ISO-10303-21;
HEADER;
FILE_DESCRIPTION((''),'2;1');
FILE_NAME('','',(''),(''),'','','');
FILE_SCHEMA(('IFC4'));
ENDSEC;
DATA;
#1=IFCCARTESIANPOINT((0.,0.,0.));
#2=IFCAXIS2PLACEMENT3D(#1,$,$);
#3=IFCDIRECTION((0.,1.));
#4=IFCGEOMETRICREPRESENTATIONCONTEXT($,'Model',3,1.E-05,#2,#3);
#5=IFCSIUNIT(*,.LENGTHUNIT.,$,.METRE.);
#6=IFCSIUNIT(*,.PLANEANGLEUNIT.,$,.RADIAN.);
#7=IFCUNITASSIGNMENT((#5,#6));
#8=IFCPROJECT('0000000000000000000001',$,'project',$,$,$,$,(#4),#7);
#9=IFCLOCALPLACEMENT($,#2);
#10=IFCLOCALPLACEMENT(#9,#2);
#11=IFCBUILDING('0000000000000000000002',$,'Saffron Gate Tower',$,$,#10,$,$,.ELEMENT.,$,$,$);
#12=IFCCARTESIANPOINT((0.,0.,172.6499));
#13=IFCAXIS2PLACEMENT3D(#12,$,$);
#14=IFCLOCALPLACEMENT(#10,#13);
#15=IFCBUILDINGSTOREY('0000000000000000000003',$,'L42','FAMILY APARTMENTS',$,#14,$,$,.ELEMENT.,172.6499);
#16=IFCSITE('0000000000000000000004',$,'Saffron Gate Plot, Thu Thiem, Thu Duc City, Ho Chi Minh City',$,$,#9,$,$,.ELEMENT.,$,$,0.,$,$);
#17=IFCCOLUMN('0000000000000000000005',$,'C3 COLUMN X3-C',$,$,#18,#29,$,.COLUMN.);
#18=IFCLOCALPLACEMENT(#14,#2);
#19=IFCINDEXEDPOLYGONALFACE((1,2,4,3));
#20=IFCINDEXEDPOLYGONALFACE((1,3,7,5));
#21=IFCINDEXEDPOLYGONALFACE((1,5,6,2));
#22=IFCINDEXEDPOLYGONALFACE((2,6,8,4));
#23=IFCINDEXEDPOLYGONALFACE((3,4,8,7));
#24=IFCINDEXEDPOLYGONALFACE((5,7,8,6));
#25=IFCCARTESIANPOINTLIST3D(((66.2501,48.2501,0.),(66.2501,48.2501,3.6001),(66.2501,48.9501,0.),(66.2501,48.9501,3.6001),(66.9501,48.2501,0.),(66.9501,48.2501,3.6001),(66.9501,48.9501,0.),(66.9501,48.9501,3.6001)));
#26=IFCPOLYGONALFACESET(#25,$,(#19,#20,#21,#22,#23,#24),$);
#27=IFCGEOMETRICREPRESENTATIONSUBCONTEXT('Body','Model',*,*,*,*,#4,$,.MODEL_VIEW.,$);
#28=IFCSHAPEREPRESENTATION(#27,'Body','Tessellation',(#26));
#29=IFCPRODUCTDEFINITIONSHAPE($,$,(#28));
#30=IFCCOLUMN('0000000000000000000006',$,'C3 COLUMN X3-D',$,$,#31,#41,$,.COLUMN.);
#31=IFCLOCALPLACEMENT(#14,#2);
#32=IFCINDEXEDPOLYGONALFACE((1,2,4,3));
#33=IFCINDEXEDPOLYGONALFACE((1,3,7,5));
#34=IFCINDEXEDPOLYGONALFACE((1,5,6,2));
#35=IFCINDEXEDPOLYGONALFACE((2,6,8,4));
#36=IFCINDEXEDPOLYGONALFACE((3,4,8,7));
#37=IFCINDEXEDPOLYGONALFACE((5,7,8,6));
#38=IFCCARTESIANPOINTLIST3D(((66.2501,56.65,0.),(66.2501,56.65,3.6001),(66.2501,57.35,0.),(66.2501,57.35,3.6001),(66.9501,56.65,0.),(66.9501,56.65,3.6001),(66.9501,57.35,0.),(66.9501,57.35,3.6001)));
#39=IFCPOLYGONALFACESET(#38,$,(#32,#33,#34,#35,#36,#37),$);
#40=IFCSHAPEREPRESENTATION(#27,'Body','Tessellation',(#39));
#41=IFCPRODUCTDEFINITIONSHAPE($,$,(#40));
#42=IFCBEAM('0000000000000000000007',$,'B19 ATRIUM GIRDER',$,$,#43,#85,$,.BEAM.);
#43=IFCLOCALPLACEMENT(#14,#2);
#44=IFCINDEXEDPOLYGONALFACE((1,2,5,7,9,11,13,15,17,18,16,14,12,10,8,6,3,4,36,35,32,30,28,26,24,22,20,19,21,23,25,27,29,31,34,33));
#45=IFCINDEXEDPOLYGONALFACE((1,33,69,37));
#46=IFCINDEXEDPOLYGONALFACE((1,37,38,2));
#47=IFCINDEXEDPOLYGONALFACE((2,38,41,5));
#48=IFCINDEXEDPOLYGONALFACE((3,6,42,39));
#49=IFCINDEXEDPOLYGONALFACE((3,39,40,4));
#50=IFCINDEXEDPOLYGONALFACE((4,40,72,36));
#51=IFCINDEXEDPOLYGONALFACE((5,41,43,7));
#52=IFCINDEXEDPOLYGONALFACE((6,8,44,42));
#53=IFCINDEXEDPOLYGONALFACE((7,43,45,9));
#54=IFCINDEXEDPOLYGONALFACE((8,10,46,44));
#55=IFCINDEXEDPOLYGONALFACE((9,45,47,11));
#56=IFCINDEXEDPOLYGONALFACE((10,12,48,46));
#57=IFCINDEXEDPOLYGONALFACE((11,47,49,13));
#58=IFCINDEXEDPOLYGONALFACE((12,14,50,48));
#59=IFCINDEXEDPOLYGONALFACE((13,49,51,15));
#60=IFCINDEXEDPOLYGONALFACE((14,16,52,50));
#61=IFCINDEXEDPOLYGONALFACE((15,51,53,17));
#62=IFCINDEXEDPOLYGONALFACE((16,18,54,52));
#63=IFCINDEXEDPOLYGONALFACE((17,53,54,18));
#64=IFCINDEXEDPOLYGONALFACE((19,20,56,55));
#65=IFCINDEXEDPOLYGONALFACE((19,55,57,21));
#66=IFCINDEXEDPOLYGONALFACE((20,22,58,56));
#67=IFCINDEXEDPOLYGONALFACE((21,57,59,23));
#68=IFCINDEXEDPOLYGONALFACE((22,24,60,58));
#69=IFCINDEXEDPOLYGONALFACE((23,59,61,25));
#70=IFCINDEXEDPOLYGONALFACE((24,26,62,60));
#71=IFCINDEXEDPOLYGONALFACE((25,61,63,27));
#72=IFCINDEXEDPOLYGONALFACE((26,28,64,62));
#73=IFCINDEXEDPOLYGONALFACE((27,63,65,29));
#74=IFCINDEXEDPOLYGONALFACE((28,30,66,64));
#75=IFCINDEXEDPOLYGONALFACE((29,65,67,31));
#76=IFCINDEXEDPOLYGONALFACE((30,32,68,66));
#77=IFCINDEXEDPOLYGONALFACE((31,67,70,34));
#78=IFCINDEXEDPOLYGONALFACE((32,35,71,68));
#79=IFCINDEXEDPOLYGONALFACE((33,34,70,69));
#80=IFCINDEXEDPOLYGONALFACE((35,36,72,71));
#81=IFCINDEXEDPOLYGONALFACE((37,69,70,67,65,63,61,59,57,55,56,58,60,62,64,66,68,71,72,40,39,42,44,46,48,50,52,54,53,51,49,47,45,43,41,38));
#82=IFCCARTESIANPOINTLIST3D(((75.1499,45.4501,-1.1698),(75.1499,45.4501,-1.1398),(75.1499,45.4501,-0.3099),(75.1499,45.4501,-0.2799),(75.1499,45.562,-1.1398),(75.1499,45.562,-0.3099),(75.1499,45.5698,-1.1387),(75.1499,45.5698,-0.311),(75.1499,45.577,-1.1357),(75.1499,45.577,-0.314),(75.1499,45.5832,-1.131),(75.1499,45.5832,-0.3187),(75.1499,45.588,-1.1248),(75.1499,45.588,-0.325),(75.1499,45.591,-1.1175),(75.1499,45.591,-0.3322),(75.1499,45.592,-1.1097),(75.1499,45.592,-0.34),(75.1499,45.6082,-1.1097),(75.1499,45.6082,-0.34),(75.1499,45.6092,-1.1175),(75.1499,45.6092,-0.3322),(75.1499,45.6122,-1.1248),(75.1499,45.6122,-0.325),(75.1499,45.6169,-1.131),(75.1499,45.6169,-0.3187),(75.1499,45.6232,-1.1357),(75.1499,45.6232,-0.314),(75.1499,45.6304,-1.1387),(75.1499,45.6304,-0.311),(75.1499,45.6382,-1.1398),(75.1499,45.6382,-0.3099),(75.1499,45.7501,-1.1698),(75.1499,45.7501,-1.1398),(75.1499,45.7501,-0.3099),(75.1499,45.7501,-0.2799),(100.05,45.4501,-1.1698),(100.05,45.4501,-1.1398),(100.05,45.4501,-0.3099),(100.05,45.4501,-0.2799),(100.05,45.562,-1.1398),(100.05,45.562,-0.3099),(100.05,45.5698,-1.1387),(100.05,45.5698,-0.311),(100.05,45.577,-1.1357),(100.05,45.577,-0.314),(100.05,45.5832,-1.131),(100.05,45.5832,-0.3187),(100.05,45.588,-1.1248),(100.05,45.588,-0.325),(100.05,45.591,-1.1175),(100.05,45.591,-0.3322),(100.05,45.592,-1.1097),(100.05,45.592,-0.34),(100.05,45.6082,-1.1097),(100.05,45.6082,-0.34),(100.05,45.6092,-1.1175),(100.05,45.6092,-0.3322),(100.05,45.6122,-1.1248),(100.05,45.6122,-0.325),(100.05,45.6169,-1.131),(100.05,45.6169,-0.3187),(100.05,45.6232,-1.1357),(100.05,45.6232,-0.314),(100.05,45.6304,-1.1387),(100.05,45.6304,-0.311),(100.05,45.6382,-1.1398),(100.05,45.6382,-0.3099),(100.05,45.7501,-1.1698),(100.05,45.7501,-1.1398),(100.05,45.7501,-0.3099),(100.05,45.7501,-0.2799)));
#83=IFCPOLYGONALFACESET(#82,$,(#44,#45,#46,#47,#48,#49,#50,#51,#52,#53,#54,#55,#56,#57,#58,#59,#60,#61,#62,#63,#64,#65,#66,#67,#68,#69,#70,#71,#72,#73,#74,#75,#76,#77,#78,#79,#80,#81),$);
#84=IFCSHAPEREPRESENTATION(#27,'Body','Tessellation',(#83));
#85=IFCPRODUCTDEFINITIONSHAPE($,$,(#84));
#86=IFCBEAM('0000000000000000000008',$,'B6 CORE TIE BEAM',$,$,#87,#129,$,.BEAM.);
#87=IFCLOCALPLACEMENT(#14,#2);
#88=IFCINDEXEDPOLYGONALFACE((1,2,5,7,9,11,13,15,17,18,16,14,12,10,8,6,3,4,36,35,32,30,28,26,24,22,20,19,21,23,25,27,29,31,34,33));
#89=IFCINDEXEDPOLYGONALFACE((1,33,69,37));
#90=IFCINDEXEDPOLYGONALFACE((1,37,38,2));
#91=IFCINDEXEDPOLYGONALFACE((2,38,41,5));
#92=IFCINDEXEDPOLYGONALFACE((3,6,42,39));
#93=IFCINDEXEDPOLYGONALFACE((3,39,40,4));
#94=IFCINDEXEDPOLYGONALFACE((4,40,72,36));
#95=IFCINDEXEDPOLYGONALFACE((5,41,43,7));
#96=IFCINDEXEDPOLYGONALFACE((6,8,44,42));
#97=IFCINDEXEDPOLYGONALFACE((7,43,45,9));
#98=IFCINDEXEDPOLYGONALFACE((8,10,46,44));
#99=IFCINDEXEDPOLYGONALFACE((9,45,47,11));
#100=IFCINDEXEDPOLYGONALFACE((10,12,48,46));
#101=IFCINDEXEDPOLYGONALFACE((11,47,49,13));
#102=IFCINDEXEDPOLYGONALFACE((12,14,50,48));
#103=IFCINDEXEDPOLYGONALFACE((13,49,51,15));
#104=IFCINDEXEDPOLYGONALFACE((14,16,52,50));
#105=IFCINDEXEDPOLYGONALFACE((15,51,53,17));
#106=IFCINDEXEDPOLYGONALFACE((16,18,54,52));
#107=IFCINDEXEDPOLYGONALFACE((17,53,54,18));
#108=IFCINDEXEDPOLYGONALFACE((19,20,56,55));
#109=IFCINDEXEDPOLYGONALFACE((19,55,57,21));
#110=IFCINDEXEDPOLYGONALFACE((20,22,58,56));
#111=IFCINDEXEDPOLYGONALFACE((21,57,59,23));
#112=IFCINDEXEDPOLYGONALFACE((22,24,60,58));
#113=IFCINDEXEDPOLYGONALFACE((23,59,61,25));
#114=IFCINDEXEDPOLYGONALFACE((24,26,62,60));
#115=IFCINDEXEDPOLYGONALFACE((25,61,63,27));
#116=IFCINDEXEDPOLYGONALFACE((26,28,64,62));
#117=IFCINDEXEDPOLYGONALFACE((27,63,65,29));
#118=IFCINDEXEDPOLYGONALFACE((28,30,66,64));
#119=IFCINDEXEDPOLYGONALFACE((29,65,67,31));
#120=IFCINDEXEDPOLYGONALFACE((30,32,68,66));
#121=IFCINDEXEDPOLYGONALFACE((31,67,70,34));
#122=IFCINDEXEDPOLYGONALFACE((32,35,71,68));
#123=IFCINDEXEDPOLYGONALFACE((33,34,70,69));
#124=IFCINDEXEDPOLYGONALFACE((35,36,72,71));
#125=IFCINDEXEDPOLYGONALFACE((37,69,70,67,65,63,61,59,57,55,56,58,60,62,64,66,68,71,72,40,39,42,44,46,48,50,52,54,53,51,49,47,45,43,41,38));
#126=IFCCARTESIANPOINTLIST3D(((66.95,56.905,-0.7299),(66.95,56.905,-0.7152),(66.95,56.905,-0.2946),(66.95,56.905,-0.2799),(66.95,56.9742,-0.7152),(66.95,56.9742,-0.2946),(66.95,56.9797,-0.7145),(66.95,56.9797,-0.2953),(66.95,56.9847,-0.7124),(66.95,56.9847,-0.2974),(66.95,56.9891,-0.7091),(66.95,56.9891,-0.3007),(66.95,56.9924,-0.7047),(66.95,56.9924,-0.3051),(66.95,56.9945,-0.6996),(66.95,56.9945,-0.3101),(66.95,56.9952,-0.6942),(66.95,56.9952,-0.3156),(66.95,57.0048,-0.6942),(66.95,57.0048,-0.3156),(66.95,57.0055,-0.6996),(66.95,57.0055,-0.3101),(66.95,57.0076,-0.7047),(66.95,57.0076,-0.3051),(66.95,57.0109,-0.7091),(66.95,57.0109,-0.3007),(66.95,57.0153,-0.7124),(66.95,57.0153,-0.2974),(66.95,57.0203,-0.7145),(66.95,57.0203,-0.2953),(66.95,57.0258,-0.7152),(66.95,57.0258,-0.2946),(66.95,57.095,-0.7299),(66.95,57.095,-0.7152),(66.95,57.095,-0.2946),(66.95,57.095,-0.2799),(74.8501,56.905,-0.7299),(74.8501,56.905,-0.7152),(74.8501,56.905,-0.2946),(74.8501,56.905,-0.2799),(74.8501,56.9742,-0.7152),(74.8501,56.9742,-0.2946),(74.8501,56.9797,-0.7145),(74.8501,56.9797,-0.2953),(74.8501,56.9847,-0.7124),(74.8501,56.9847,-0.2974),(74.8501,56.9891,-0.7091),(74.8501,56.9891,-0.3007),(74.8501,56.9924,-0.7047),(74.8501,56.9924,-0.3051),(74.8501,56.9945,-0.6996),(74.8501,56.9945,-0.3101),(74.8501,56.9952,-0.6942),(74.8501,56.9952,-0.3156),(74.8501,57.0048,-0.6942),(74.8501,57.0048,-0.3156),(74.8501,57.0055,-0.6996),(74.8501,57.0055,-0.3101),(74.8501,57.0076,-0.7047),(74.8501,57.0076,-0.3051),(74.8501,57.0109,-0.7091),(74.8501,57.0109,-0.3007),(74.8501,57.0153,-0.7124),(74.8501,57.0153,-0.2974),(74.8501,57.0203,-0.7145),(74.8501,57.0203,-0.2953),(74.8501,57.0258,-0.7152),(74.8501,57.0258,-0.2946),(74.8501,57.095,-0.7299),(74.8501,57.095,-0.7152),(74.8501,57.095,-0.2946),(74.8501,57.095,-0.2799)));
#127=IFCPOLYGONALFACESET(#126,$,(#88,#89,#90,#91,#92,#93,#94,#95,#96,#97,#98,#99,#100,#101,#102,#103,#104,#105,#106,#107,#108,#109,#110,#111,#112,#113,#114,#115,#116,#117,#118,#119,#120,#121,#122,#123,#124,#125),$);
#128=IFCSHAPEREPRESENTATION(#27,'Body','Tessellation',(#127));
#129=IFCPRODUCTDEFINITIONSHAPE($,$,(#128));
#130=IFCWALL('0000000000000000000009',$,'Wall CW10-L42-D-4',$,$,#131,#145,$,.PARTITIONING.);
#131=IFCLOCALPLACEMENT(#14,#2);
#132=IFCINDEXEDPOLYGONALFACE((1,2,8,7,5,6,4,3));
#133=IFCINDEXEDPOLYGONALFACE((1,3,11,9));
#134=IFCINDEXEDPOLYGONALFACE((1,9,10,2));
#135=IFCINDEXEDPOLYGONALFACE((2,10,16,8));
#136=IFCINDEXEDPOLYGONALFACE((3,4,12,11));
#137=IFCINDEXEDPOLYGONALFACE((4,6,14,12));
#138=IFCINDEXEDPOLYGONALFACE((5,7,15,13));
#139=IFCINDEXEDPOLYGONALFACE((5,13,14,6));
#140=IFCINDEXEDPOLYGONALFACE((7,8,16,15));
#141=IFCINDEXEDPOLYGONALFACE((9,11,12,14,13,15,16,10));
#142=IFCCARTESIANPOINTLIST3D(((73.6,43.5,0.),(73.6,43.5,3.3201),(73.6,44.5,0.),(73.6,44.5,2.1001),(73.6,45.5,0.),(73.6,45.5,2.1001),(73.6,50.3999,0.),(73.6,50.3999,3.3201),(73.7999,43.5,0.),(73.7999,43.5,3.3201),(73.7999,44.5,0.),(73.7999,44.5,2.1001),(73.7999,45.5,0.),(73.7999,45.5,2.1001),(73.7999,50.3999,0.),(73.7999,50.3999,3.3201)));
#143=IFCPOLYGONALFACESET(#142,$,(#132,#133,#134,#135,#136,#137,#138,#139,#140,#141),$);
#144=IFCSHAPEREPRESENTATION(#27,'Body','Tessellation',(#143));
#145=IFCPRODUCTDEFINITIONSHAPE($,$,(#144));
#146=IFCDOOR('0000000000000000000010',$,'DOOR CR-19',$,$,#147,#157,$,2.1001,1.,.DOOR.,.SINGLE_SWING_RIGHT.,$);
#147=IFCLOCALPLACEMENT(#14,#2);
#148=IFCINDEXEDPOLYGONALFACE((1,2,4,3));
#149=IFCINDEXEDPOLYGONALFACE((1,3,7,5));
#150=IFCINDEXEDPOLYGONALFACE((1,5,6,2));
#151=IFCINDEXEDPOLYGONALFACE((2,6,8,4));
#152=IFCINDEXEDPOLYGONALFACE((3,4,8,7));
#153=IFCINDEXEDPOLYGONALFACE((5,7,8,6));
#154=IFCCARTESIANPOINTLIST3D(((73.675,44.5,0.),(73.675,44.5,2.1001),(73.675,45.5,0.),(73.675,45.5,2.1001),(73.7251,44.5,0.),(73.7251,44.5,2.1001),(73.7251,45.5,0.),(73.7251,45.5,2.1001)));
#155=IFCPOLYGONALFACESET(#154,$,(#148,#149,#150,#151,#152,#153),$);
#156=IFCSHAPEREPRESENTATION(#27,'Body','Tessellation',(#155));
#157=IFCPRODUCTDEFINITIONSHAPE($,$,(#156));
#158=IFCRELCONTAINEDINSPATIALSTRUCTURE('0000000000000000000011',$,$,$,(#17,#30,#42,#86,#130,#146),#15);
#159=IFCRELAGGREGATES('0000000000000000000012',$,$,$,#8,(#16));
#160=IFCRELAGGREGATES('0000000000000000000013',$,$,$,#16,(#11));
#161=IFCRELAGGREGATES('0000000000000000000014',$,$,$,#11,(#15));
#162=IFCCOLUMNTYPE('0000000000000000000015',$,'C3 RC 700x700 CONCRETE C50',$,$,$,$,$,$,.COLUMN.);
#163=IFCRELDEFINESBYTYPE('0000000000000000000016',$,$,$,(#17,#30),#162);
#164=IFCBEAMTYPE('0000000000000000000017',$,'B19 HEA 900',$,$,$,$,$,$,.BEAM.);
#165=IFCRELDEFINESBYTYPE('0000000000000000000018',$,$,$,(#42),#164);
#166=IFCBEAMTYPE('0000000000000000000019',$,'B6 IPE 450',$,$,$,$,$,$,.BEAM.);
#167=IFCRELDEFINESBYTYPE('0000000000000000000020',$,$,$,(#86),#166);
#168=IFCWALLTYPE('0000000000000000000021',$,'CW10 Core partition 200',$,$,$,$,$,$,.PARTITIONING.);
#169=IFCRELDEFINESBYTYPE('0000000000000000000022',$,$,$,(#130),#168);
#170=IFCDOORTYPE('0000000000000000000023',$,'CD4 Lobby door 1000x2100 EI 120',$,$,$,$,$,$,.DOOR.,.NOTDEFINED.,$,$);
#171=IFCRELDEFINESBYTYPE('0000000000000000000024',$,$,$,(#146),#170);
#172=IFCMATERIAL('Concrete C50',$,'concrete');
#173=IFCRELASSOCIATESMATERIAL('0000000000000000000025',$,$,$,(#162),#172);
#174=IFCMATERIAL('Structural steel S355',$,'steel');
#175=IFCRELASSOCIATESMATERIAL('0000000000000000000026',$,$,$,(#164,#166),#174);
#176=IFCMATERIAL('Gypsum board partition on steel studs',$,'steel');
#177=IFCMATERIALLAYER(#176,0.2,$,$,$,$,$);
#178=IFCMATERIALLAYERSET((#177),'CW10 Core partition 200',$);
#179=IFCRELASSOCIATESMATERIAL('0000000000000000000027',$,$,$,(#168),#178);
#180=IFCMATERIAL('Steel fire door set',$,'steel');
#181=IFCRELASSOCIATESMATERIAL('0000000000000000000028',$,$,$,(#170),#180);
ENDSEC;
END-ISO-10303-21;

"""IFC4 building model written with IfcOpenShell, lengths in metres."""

from ifc_helpers import new_model, si_unit, direction, frame, frame_2d, origin, origin_2d, place, context, subcontext, project, spatial, rectangle, i_section, extrude, material, layer, layer_set, material_profile, profile_set, type_object, element, fill, save


model = new_model("IFC4")

# Units and contexts
model_context = context("Model", 3, precision=1e-05, world=origin(), true_north=direction((0.0, 1.0)))
body_context = subcontext(model_context, "Body", "Model", "MODEL_VIEW")
ifc_project = project(units=[si_unit("LENGTHUNIT", "METRE"), si_unit("PLANEANGLEUNIT", "RADIAN")], contexts=[model_context])

# Site, building, storey
site_placement = place(None, origin())
site = spatial("IfcSite", under=ifc_project, at=site_placement, Name="Saffron Gate Plot, Thu Thiem, Thu Duc City, Ho Chi Minh City", CompositionType="ELEMENT", RefElevation=0.0)
building_placement = place(site_placement, origin())
building = spatial("IfcBuilding", under=site, at=building_placement, Name="Saffron Gate Tower", CompositionType="ELEMENT")
storey_placement = place(building_placement, frame((0.0, 0.0, 172.6499)))
storey = spatial("IfcBuildingStorey", under=building, at=storey_placement, Name="L42", Description="FAMILY APARTMENTS", CompositionType="ELEMENT", Elevation=172.6499)

# Columns
ifc_material_1 = material(Name="Concrete C50", Category="concrete")
ifc_material_profile_1 = material_profile(ifc_material_1, rectangle(XDim=0.7, YDim=0.7, at=origin_2d()))
ifc_profile_set_1 = profile_set([ifc_material_profile_1], Name="Concrete C50")
column_type = type_object("IfcColumnType", Name="C3 RC 700x700 CONCRETE C50", PredefinedType="COLUMN", material=ifc_profile_set_1)
for number, where, z_axis, x_axis, name in (
    (1, (66.6001, 48.6001, 0.0), (0.0, 0.0, 1.0), (1.0, 0.0, 0.0), "C3 COLUMN X3-C"),
    (2, (66.6001, 57.0, 0.0), (0.0, 0.0, 1.0), (1.0, 0.0, 0.0), "C3 COLUMN X3-D"),
):
    element("IfcColumn", number, at=place(storey_placement, frame(where, z_axis=z_axis, x_axis=x_axis)), inside=storey, type_object=column_type, Name=name, PredefinedType="COLUMN", context=body_context, shape_type="SweptSolid", body=[
        extrude(rectangle(XDim=0.7, YDim=0.7, at=origin_2d()), origin(), (0.0, 0.0, 1.0), 3.6001),
    ])

# Beams
ifc_material_2 = material(Name="Structural steel S355", Category="steel")
ifc_material_profile_2 = material_profile(ifc_material_2, i_section(OverallWidth=0.3, OverallDepth=0.8899, WebThickness=0.0161, FlangeThickness=0.03, FilletRadius=0.03, at=origin_2d()))
ifc_profile_set_2 = profile_set([ifc_material_profile_2], Name="Structural steel S355")
beam_type_1 = type_object("IfcBeamType", Name="B19 HEA 900", PredefinedType="BEAM", material=ifc_profile_set_2)
beam_1_placement = place(storey_placement, frame((75.1499, 45.6001, -0.7249), z_axis=(1.0, 0.0, 0.0), x_axis=(0.0, 1.0, 0.0)))
element("IfcBeam", 3, at=beam_1_placement, inside=storey, type_object=beam_type_1, Name="B19 ATRIUM GIRDER", PredefinedType="BEAM", context=body_context, shape_type="SweptSolid", body=[
    extrude(i_section(OverallWidth=0.3, OverallDepth=0.8899, WebThickness=0.0161, FlangeThickness=0.03, FilletRadius=0.03, at=origin_2d()), origin(), (0.0, 0.0, 1.0), 24.9001),
])
ifc_material_profile_3 = material_profile(ifc_material_2, i_section(OverallWidth=0.1899, OverallDepth=0.45, WebThickness=0.0095, FlangeThickness=0.0146, FilletRadius=0.021, at=origin_2d()))
ifc_profile_set_3 = profile_set([ifc_material_profile_3], Name="Structural steel S355")
beam_type_2 = type_object("IfcBeamType", Name="B6 IPE 450", PredefinedType="BEAM", material=ifc_profile_set_3)
beam_2_placement = place(storey_placement, frame((66.95, 57.0, -0.5049), z_axis=(1.0, 0.0, 0.0), x_axis=(0.0, 1.0, 0.0)))
element("IfcBeam", 4, at=beam_2_placement, inside=storey, type_object=beam_type_2, Name="B6 CORE TIE BEAM", PredefinedType="BEAM", context=body_context, shape_type="SweptSolid", body=[
    extrude(i_section(OverallWidth=0.1899, OverallDepth=0.45, WebThickness=0.0095, FlangeThickness=0.0146, FilletRadius=0.021, at=origin_2d()), origin(), (0.0, 0.0, 1.0), 7.9001),
])

# Wall, opening, door
ifc_material_3 = material(Name="Gypsum board partition on steel studs", Category="steel")
ifc_layer_1 = layer(ifc_material_3, 0.2)
ifc_layer_set_1 = layer_set([ifc_layer_1], Name="CW10 Core partition 200")
wall_type_1 = type_object("IfcWallType", Name="CW10 Core partition 200", PredefinedType="PARTITIONING", material=ifc_layer_set_1)
wall_1_placement = place(storey_placement, frame((73.7, 43.5, 0.0), z_axis=(0.0, 0.0, 1.0), x_axis=(0.0, 1.0, 0.0)))
wall_1 = element("IfcWall", 5, at=wall_1_placement, inside=storey, type_object=wall_type_1, Name="Wall CW10-L42-D-4", PredefinedType="PARTITIONING", context=body_context, shape_type="SweptSolid", body=[
    extrude(rectangle(XDim=6.8999, YDim=0.2, at=frame_2d((3.45, 0.0))), origin(), (0.0, 0.0, 1.0), 3.3201),
])
opening_1_placement = place(wall_1_placement, frame((1.0, 0.0, 0.0)))
opening_1 = element("IfcOpeningElement", 6, at=opening_1_placement, cuts=wall_1, PredefinedType="OPENING", context=body_context, shape_type="SweptSolid", body=[
    extrude(rectangle(XDim=1.0, YDim=2.1001, at=frame_2d((0.5, 1.05))), frame((0.0, 0.1099, 0.0), z_axis=(0.0, -1.0, 0.0), x_axis=(1.0, 0.0, 0.0)), (0.0, 0.0, 1.0), 0.22),
])
ifc_material_4 = material(Name="Steel fire door set", Category="steel")
door_type_1 = type_object("IfcDoorType", Name="CD4 Lobby door 1000x2100 EI 120", OperationType="NOTDEFINED", PredefinedType="DOOR", material=ifc_material_4)
door_1_placement = place(opening_1_placement, origin())
door_1 = element("IfcDoor", 7, at=door_1_placement, inside=storey, type_object=door_type_1, Name="DOOR CR-19", OperationType="SINGLE_SWING_RIGHT", OverallHeight=2.1001, OverallWidth=1.0, PredefinedType="DOOR", context=body_context, shape_type="SweptSolid", body=[
    extrude(rectangle(XDim=1.0, YDim=2.1001, at=frame_2d((0.5, 1.05))), frame((0.0, 0.0249, 0.0), z_axis=(0.0, -1.0, 0.0), x_axis=(1.0, 0.0, 0.0)), (0.0, 0.0, 1.0), 0.05),
])
fill(opening_1, door_1)

save(model, "model.ifc")
